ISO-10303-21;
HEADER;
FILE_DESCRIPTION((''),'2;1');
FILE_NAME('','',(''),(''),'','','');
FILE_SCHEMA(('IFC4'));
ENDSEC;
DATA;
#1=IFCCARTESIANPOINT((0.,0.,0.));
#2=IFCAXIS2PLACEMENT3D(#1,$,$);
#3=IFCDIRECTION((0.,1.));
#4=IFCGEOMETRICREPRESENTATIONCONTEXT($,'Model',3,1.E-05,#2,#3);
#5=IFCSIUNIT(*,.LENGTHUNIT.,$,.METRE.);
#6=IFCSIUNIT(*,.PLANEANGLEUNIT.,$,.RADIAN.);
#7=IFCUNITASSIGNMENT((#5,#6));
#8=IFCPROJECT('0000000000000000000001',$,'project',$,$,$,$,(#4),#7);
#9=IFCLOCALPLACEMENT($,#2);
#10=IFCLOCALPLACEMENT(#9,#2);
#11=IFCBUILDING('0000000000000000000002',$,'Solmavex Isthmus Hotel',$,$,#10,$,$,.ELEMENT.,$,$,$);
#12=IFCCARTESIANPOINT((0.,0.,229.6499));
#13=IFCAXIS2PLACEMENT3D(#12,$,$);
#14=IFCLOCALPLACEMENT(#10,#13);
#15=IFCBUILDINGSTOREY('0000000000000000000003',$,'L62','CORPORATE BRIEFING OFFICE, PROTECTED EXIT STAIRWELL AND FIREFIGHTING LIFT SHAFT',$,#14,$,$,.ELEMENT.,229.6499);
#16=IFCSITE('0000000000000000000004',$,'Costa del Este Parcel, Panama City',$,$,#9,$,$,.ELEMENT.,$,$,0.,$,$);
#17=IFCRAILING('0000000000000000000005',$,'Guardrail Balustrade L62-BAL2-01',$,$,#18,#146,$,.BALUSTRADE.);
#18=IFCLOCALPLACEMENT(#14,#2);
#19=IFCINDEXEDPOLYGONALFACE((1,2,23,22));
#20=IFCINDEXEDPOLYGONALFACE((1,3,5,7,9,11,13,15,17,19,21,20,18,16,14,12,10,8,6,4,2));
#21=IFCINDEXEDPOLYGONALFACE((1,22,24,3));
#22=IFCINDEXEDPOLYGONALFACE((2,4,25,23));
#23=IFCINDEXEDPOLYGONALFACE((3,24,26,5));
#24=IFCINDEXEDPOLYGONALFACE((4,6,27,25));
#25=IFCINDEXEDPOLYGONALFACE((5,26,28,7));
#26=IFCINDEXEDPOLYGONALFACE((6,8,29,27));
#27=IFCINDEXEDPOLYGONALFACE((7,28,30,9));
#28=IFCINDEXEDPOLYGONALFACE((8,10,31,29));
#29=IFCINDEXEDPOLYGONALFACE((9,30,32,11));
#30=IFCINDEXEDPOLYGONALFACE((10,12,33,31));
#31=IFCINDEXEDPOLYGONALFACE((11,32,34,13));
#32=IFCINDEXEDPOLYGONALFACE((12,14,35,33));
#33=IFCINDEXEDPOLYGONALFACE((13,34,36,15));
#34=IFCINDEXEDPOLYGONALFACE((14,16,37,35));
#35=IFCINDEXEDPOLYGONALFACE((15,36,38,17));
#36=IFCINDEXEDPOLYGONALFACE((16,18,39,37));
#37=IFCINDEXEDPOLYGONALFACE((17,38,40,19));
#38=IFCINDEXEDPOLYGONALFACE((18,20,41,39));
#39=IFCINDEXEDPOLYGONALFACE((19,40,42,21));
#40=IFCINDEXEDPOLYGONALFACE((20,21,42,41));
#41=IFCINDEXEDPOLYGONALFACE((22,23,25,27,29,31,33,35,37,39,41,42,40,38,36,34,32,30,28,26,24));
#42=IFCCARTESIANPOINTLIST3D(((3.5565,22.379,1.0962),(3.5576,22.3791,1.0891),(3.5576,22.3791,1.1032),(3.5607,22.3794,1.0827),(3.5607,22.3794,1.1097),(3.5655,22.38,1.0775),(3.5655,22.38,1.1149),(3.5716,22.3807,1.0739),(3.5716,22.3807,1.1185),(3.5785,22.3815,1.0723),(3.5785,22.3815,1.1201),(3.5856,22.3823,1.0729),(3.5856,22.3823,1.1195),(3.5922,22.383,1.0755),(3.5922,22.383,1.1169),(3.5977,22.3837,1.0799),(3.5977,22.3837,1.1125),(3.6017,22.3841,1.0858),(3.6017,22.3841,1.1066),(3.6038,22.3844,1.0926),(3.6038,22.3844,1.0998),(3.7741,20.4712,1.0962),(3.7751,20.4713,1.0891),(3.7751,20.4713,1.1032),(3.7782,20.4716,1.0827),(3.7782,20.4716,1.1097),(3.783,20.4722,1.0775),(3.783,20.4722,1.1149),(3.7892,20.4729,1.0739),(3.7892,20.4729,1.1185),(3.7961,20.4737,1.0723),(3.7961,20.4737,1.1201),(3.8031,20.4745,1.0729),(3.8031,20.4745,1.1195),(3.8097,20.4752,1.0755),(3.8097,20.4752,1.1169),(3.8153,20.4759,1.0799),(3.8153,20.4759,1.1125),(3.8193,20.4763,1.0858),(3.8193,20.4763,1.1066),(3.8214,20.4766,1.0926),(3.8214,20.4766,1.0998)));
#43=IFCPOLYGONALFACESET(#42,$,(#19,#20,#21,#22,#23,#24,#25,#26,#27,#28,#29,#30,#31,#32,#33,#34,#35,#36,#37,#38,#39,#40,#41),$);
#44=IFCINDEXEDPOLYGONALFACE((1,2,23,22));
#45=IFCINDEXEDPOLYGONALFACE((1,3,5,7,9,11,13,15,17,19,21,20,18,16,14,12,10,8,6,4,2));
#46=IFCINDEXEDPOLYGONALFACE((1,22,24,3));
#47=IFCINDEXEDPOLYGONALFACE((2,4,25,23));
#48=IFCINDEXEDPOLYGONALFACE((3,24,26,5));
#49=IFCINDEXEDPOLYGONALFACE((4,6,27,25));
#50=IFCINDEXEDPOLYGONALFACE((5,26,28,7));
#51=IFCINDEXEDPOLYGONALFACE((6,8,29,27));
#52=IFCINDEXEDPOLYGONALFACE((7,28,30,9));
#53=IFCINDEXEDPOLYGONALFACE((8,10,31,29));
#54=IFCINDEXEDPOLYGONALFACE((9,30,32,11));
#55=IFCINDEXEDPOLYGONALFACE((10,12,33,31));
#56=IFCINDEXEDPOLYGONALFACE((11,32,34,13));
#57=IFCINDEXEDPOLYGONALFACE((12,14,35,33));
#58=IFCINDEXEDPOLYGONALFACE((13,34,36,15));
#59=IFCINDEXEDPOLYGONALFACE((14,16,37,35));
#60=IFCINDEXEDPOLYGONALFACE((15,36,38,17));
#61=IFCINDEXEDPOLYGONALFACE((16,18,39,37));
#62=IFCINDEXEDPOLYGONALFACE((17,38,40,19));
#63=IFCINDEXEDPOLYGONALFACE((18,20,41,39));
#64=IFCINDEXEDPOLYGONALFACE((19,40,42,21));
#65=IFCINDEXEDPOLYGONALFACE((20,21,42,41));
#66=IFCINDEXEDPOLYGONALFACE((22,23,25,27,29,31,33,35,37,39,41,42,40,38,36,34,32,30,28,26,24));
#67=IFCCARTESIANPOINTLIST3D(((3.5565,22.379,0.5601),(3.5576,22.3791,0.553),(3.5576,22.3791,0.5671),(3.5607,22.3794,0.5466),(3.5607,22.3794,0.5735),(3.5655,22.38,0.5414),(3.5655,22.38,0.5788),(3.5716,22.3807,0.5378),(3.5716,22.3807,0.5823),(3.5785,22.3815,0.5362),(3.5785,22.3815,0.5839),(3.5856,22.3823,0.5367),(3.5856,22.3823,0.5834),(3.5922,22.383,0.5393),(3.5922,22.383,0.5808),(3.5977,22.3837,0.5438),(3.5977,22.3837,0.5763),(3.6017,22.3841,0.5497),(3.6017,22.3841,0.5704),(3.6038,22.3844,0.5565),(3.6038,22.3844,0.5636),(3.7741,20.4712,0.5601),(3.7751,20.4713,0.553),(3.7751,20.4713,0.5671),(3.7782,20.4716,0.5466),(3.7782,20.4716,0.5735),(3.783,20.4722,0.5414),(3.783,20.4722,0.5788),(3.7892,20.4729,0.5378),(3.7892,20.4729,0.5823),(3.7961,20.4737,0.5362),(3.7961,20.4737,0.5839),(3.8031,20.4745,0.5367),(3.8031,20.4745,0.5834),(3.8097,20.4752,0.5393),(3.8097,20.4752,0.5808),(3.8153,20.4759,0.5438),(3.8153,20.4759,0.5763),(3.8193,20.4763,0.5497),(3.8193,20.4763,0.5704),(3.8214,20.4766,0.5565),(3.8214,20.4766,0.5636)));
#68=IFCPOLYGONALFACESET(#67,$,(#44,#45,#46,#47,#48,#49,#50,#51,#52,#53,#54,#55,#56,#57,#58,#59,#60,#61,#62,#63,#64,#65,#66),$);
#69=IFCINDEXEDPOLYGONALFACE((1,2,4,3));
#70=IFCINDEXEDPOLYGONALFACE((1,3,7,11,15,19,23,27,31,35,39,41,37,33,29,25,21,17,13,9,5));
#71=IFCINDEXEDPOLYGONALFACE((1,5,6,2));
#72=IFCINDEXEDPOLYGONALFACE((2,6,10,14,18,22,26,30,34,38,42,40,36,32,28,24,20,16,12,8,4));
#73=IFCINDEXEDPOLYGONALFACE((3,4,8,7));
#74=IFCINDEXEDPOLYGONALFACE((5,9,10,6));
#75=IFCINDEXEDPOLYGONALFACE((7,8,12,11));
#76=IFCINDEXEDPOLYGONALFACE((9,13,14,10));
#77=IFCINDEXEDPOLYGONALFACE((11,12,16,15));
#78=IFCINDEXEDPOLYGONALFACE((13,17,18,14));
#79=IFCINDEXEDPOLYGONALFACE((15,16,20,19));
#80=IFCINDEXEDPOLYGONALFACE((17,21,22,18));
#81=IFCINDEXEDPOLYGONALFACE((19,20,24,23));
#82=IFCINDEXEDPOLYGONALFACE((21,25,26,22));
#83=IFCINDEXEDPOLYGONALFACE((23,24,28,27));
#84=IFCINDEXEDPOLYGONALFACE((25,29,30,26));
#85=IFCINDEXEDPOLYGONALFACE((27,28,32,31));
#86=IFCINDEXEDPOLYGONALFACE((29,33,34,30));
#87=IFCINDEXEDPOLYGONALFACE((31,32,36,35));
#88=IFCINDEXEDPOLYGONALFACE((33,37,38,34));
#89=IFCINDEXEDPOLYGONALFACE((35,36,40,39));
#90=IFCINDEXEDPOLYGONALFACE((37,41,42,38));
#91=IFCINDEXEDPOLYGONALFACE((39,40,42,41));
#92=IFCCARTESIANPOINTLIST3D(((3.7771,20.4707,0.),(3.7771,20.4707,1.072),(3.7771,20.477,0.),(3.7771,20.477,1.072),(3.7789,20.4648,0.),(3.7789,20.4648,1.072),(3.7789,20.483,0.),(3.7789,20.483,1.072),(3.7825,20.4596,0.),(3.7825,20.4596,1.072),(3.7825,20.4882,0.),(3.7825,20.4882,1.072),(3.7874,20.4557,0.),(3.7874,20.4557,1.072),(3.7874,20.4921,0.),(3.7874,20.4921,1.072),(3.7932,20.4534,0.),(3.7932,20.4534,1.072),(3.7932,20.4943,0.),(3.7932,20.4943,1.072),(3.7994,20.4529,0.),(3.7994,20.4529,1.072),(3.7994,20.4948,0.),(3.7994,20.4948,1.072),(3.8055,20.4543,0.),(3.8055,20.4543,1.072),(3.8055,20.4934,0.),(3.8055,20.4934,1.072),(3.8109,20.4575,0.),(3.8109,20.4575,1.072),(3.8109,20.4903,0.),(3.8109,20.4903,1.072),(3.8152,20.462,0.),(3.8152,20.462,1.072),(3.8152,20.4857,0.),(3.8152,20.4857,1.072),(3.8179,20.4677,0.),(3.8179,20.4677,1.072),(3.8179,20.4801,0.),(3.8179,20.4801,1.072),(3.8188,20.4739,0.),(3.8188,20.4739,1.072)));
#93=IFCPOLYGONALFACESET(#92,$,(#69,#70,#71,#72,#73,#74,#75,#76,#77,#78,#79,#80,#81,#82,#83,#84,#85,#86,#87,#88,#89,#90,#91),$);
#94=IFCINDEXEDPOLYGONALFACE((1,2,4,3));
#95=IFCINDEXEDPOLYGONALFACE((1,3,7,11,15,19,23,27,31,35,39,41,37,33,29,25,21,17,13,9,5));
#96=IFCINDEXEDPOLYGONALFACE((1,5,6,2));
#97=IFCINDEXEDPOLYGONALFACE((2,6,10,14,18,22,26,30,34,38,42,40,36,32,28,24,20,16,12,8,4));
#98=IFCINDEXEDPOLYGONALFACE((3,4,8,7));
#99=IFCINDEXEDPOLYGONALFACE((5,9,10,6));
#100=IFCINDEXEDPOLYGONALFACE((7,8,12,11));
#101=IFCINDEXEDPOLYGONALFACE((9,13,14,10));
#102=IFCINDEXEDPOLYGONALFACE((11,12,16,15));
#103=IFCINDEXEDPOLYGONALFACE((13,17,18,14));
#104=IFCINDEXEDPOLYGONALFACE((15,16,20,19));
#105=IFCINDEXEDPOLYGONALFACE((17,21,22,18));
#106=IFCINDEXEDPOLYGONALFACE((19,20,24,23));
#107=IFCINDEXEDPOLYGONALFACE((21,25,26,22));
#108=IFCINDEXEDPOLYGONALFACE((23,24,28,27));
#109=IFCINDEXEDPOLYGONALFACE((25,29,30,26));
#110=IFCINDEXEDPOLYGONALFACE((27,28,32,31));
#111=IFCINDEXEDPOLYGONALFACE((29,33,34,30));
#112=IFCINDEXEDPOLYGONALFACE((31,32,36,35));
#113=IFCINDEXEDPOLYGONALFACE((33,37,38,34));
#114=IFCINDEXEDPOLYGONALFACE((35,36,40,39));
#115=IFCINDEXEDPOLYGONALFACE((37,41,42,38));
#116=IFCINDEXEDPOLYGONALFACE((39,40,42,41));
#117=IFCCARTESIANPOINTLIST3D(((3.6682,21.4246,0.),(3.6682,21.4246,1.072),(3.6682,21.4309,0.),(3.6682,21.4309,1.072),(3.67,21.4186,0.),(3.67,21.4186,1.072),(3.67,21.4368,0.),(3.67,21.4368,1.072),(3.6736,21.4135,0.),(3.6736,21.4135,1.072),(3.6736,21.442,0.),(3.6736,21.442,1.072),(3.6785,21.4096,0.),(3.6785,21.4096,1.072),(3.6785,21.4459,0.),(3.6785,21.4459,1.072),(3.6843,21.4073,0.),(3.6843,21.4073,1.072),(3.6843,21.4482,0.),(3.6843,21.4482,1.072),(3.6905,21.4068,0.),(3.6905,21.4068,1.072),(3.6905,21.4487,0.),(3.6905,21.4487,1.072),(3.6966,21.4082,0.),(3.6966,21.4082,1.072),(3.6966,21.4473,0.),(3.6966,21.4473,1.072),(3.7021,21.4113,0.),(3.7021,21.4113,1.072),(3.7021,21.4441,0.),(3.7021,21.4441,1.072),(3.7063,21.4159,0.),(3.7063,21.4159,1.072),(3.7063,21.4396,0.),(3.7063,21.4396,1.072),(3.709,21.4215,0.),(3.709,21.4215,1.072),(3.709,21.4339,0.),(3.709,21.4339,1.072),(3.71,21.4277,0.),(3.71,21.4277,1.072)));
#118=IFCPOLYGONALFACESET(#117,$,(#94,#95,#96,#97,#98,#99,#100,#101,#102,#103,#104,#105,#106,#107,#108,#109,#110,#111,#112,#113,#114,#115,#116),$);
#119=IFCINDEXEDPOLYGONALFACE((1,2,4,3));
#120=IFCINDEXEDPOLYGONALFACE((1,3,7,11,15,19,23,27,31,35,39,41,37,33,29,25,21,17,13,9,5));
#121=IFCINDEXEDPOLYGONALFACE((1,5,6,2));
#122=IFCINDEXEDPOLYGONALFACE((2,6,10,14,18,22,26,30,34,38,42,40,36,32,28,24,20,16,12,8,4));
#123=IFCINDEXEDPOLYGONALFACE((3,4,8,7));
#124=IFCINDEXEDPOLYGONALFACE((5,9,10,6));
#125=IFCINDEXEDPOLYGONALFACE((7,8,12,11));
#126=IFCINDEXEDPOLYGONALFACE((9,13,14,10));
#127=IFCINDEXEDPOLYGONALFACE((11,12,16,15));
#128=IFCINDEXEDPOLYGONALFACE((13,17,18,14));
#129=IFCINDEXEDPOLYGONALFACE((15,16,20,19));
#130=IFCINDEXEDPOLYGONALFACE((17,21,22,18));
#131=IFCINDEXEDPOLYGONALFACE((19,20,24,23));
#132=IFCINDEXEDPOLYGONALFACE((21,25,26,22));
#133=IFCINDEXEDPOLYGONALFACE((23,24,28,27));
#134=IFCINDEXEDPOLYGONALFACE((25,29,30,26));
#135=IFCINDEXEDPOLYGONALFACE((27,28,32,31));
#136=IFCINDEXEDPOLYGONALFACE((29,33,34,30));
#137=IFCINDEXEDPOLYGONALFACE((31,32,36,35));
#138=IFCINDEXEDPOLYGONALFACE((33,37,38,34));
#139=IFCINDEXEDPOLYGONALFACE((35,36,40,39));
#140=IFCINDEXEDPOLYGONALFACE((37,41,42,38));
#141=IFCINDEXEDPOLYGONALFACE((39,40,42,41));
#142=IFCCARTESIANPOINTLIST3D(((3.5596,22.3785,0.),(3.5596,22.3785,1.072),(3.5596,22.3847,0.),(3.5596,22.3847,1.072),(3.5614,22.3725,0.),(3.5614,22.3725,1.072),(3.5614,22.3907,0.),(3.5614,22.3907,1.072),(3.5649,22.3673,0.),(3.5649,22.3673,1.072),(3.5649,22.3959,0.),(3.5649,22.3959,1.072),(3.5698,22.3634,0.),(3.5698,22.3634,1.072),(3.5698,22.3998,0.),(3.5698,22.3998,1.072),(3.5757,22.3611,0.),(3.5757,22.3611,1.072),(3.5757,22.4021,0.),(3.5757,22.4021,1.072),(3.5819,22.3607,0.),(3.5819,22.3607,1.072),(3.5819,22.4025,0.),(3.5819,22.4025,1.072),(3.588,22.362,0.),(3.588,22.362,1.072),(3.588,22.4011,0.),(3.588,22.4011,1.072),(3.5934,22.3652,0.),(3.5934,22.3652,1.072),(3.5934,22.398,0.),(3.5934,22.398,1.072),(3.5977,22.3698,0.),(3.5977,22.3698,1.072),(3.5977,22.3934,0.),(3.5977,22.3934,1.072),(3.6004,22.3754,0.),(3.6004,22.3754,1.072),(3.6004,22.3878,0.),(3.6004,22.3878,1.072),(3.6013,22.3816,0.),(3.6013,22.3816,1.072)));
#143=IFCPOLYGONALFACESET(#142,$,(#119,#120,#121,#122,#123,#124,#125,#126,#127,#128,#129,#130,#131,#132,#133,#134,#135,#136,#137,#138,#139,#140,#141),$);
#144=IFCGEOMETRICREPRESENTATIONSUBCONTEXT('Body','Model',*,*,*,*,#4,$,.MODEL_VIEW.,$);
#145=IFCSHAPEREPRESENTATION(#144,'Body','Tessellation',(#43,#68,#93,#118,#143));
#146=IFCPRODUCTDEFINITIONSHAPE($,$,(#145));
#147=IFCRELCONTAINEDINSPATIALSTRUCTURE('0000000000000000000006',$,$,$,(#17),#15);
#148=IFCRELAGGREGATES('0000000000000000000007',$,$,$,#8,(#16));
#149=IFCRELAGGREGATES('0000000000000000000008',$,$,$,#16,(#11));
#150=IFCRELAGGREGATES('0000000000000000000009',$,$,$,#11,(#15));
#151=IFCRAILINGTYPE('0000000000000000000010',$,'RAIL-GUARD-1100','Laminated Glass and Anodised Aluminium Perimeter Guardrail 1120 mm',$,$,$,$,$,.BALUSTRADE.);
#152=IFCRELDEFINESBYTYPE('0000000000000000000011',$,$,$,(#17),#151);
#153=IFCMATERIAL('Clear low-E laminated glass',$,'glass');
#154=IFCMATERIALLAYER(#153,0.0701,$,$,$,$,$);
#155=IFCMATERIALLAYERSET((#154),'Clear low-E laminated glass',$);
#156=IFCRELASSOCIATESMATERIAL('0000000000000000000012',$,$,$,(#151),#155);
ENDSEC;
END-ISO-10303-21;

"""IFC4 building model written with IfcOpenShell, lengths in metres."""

from ifc_helpers import new_model, si_unit, direction, frame, origin, origin_2d, place, context, subcontext, project, spatial, circle, extrude, material, layer, layer_set, type_object, element, save


model = new_model("IFC4")

# Units and contexts
model_context = context("Model", 3, precision=1e-05, world=origin(), true_north=direction((0.0, 1.0)))
body_context = subcontext(model_context, "Body", "Model", "MODEL_VIEW")
ifc_project = project(units=[si_unit("LENGTHUNIT", "METRE"), si_unit("PLANEANGLEUNIT", "RADIAN")], contexts=[model_context])

# Site, building, storey
site_placement = place(None, origin())
site = spatial("IfcSite", under=ifc_project, at=site_placement, Name="Costa del Este Parcel, Panama City", CompositionType="ELEMENT", RefElevation=0.0)
building_placement = place(site_placement, origin())
building = spatial("IfcBuilding", under=site, at=building_placement, Name="Solmavex Isthmus Hotel", CompositionType="ELEMENT")
storey_placement = place(building_placement, frame((0.0, 0.0, 229.6499)))
storey = spatial("IfcBuildingStorey", under=building, at=storey_placement, Name="L62", Description="CORPORATE BRIEFING OFFICE, PROTECTED EXIT STAIRWELL AND FIREFIGHTING LIFT SHAFT", CompositionType="ELEMENT", Elevation=229.6499)

# Shared definitions
ifc_material_1 = material(Name="Clear low-E laminated glass", Category="glass")

# Railing
ifc_layer_1 = layer(ifc_material_1, 0.0701)
ifc_layer_set_1 = layer_set([ifc_layer_1], Name="Clear low-E laminated glass")
railing_type = type_object("IfcRailingType", Name="RAIL-GUARD-1100", Description="Laminated Glass and Anodised Aluminium Perimeter Guardrail 1120 mm", PredefinedType="BALUSTRADE", material=ifc_layer_set_1)
railing_1_placement = place(storey_placement, frame((3.7979, 20.4739, 0.0)))
element("IfcRailing", 1, at=railing_1_placement, inside=storey, type_object=railing_type, Name="Guardrail Balustrade L62-BAL2-01", PredefinedType="BALUSTRADE", context=body_context, shape_type="SweptSolid", body=[
    extrude(circle(Radius=0.0239, at=origin_2d()), frame((0.0, 0.0, 1.0962), z_axis=(-0.113292, 0.993562, 0.0), x_axis=(-0.993562, -0.113292, 0.0)), (0.0, 0.0, 1.0), 1.9202),
    extrude(circle(Radius=0.0239, at=origin_2d()), frame((0.0, 0.0, 0.5601), z_axis=(-0.113292, 0.993562, 0.0), x_axis=(-0.993562, -0.113292, 0.0)), (0.0, 0.0, 1.0), 1.9202),
    extrude(circle(Radius=0.021, at=origin_2d()), origin(), (0.0, 0.0, 1.0), 1.072),
    extrude(circle(Radius=0.021, at=origin_2d()), frame((-0.1089, 0.9539, 0.0)), (0.0, 0.0, 1.0), 1.072),
    extrude(circle(Radius=0.021, at=origin_2d()), frame((-0.2175, 1.9077, 0.0)), (0.0, 0.0, 1.0), 1.072),
])

save(model, "model.ifc")
